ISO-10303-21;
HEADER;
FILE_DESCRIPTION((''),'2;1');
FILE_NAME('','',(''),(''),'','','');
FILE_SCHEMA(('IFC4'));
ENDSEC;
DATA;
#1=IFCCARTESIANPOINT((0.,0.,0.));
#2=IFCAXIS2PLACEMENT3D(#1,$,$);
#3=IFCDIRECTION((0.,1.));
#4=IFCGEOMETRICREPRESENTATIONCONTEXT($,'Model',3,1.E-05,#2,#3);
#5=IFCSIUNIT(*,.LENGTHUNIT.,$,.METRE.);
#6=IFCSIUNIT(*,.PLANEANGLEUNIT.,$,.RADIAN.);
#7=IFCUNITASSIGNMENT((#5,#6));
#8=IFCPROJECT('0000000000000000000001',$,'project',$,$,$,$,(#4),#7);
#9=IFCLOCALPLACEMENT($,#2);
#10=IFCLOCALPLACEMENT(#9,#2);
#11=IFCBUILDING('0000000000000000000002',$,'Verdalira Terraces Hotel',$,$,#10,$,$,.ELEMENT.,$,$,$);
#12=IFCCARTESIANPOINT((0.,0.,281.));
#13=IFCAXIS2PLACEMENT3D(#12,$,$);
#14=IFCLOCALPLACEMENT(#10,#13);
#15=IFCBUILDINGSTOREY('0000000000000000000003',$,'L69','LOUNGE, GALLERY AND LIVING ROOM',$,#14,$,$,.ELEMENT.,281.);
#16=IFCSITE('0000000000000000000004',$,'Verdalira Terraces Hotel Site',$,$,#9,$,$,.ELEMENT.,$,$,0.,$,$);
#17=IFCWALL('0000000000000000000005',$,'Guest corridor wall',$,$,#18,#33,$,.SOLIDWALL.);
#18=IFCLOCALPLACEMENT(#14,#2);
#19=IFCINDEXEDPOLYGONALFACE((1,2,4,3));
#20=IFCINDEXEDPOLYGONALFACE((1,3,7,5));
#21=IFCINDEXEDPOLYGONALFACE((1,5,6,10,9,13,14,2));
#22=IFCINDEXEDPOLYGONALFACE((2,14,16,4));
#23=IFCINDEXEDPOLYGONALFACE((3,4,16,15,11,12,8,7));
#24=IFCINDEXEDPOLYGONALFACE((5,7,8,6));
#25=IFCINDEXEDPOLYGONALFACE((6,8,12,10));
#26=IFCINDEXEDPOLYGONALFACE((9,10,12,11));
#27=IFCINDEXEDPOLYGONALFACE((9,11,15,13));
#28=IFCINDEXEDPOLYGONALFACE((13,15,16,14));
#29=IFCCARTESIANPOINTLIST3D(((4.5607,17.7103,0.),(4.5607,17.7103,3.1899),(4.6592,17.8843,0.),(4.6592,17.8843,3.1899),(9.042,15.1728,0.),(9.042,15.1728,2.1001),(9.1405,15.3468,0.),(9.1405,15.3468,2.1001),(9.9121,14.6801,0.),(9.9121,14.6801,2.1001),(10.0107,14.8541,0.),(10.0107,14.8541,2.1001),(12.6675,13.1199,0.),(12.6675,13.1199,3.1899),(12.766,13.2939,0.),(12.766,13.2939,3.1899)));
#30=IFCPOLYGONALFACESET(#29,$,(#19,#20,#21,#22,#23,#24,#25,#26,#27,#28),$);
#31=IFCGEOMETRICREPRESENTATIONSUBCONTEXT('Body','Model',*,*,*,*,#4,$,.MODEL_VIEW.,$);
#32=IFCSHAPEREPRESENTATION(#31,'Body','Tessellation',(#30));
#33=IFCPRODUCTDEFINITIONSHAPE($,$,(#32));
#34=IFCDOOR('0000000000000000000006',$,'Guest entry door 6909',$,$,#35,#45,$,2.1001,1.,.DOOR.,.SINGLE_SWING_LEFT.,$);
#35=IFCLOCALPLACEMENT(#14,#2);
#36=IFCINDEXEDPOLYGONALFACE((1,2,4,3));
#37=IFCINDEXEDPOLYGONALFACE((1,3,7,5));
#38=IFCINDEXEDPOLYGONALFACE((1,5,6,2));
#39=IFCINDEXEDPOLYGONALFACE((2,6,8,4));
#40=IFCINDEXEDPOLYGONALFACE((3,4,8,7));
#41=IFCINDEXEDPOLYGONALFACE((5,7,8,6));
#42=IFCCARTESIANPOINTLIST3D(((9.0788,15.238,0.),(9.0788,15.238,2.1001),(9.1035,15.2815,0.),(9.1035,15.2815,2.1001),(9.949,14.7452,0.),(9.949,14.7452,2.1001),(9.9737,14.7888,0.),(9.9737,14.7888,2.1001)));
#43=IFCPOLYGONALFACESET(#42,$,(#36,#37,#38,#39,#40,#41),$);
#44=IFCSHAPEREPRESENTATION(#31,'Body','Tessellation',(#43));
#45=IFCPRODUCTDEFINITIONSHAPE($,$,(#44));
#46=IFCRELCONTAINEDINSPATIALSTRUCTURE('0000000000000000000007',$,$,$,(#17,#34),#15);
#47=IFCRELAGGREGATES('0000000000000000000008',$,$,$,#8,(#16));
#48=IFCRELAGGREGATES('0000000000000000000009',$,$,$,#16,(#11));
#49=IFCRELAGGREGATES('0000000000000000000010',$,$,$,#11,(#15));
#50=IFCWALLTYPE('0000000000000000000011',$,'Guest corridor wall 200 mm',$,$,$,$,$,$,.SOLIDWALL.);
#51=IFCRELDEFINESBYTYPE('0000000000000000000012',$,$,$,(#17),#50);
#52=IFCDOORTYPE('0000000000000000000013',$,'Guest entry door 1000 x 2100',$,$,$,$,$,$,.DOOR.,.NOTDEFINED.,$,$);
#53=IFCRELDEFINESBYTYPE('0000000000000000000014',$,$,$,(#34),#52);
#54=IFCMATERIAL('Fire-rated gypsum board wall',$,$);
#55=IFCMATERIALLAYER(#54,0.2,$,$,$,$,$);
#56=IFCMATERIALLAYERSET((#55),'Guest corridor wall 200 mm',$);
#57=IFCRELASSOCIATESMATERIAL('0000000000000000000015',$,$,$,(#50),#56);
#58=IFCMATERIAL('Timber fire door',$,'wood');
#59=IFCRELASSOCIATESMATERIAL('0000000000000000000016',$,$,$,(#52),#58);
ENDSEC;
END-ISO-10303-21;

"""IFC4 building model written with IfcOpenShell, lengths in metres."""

from ifc_helpers import new_model, si_unit, direction, frame, frame_2d, origin, place, context, subcontext, project, spatial, rectangle, extrude, material, layer, layer_set, type_object, element, fill, save


model = new_model("IFC4")

# Units and contexts
model_context = context("Model", 3, precision=1e-05, world=origin(), true_north=direction((0.0, 1.0)))
body_context = subcontext(model_context, "Body", "Model", "MODEL_VIEW")
ifc_project = project(units=[si_unit("LENGTHUNIT", "METRE"), si_unit("PLANEANGLEUNIT", "RADIAN")], contexts=[model_context])

# Site, building, storey
site_placement = place(None, origin())
site = spatial("IfcSite", under=ifc_project, at=site_placement, Name="Verdalira Terraces Hotel Site", CompositionType="ELEMENT", RefElevation=0.0)
building_placement = place(site_placement, origin())
building = spatial("IfcBuilding", under=site, at=building_placement, Name="Verdalira Terraces Hotel", CompositionType="ELEMENT")
storey_placement = place(building_placement, frame((0.0, 0.0, 281.0)))
storey = spatial("IfcBuildingStorey", under=building, at=storey_placement, Name="L69", Description="LOUNGE, GALLERY AND LIVING ROOM", CompositionType="ELEMENT", Elevation=281.0)

# Wall, opening, door
ifc_material_1 = material(Name="Fire-rated gypsum board wall")
ifc_layer_1 = layer(ifc_material_1, 0.2)
ifc_layer_set_1 = layer_set([ifc_layer_1], Name="Guest corridor wall 200 mm")
wall_type_1 = type_object("IfcWallType", Name="Guest corridor wall 200 mm", PredefinedType="SOLIDWALL", material=ifc_layer_set_1)
wall_1_placement = place(storey_placement, frame((4.6099, 17.7974, 0.0), z_axis=(0.0, 0.0, 1.0), x_axis=(0.870181, -0.492732, 0.0)))
wall_1 = element("IfcWall", 1, at=wall_1_placement, inside=storey, type_object=wall_type_1, Name="Guest corridor wall", PredefinedType="SOLIDWALL", context=body_context, shape_type="SweptSolid", body=[
    extrude(rectangle(XDim=9.3162, YDim=0.2, at=frame_2d((4.6582, 0.0))), origin(), (0.0, 0.0, 1.0), 3.1899),
])
opening_1_placement = place(wall_1_placement, frame((5.1499, 0.0, 0.0)))
opening_1 = element("IfcOpeningElement", 2, at=opening_1_placement, cuts=wall_1, PredefinedType="OPENING", context=body_context, shape_type="SweptSolid", body=[
    extrude(rectangle(XDim=1.0, YDim=2.1001, at=frame_2d((0.5, 1.05))), frame((0.0, 0.1099, 0.0), z_axis=(0.0, -1.0, 0.0), x_axis=(1.0, 0.0, 0.0)), (0.0, 0.0, 1.0), 0.22),
])
ifc_material_2 = material(Name="Timber fire door", Category="wood")
door_type_1 = type_object("IfcDoorType", Name="Guest entry door 1000 x 2100", OperationType="NOTDEFINED", PredefinedType="DOOR", material=ifc_material_2)
door_1_placement = place(opening_1_placement, origin())
door_1 = element("IfcDoor", 3, at=door_1_placement, inside=storey, type_object=door_type_1, Name="Guest entry door 6909", OperationType="SINGLE_SWING_LEFT", OverallHeight=2.1001, OverallWidth=1.0, PredefinedType="DOOR", context=body_context, shape_type="SweptSolid", body=[
    extrude(rectangle(XDim=1.0, YDim=2.1001, at=frame_2d((0.5, 1.05))), frame((0.0, 0.0249, 0.0), z_axis=(0.0, -1.0, 0.0), x_axis=(1.0, 0.0, 0.0)), (0.0, 0.0, 1.0), 0.05),
])
fill(opening_1, door_1)

save(model, "model.ifc")
